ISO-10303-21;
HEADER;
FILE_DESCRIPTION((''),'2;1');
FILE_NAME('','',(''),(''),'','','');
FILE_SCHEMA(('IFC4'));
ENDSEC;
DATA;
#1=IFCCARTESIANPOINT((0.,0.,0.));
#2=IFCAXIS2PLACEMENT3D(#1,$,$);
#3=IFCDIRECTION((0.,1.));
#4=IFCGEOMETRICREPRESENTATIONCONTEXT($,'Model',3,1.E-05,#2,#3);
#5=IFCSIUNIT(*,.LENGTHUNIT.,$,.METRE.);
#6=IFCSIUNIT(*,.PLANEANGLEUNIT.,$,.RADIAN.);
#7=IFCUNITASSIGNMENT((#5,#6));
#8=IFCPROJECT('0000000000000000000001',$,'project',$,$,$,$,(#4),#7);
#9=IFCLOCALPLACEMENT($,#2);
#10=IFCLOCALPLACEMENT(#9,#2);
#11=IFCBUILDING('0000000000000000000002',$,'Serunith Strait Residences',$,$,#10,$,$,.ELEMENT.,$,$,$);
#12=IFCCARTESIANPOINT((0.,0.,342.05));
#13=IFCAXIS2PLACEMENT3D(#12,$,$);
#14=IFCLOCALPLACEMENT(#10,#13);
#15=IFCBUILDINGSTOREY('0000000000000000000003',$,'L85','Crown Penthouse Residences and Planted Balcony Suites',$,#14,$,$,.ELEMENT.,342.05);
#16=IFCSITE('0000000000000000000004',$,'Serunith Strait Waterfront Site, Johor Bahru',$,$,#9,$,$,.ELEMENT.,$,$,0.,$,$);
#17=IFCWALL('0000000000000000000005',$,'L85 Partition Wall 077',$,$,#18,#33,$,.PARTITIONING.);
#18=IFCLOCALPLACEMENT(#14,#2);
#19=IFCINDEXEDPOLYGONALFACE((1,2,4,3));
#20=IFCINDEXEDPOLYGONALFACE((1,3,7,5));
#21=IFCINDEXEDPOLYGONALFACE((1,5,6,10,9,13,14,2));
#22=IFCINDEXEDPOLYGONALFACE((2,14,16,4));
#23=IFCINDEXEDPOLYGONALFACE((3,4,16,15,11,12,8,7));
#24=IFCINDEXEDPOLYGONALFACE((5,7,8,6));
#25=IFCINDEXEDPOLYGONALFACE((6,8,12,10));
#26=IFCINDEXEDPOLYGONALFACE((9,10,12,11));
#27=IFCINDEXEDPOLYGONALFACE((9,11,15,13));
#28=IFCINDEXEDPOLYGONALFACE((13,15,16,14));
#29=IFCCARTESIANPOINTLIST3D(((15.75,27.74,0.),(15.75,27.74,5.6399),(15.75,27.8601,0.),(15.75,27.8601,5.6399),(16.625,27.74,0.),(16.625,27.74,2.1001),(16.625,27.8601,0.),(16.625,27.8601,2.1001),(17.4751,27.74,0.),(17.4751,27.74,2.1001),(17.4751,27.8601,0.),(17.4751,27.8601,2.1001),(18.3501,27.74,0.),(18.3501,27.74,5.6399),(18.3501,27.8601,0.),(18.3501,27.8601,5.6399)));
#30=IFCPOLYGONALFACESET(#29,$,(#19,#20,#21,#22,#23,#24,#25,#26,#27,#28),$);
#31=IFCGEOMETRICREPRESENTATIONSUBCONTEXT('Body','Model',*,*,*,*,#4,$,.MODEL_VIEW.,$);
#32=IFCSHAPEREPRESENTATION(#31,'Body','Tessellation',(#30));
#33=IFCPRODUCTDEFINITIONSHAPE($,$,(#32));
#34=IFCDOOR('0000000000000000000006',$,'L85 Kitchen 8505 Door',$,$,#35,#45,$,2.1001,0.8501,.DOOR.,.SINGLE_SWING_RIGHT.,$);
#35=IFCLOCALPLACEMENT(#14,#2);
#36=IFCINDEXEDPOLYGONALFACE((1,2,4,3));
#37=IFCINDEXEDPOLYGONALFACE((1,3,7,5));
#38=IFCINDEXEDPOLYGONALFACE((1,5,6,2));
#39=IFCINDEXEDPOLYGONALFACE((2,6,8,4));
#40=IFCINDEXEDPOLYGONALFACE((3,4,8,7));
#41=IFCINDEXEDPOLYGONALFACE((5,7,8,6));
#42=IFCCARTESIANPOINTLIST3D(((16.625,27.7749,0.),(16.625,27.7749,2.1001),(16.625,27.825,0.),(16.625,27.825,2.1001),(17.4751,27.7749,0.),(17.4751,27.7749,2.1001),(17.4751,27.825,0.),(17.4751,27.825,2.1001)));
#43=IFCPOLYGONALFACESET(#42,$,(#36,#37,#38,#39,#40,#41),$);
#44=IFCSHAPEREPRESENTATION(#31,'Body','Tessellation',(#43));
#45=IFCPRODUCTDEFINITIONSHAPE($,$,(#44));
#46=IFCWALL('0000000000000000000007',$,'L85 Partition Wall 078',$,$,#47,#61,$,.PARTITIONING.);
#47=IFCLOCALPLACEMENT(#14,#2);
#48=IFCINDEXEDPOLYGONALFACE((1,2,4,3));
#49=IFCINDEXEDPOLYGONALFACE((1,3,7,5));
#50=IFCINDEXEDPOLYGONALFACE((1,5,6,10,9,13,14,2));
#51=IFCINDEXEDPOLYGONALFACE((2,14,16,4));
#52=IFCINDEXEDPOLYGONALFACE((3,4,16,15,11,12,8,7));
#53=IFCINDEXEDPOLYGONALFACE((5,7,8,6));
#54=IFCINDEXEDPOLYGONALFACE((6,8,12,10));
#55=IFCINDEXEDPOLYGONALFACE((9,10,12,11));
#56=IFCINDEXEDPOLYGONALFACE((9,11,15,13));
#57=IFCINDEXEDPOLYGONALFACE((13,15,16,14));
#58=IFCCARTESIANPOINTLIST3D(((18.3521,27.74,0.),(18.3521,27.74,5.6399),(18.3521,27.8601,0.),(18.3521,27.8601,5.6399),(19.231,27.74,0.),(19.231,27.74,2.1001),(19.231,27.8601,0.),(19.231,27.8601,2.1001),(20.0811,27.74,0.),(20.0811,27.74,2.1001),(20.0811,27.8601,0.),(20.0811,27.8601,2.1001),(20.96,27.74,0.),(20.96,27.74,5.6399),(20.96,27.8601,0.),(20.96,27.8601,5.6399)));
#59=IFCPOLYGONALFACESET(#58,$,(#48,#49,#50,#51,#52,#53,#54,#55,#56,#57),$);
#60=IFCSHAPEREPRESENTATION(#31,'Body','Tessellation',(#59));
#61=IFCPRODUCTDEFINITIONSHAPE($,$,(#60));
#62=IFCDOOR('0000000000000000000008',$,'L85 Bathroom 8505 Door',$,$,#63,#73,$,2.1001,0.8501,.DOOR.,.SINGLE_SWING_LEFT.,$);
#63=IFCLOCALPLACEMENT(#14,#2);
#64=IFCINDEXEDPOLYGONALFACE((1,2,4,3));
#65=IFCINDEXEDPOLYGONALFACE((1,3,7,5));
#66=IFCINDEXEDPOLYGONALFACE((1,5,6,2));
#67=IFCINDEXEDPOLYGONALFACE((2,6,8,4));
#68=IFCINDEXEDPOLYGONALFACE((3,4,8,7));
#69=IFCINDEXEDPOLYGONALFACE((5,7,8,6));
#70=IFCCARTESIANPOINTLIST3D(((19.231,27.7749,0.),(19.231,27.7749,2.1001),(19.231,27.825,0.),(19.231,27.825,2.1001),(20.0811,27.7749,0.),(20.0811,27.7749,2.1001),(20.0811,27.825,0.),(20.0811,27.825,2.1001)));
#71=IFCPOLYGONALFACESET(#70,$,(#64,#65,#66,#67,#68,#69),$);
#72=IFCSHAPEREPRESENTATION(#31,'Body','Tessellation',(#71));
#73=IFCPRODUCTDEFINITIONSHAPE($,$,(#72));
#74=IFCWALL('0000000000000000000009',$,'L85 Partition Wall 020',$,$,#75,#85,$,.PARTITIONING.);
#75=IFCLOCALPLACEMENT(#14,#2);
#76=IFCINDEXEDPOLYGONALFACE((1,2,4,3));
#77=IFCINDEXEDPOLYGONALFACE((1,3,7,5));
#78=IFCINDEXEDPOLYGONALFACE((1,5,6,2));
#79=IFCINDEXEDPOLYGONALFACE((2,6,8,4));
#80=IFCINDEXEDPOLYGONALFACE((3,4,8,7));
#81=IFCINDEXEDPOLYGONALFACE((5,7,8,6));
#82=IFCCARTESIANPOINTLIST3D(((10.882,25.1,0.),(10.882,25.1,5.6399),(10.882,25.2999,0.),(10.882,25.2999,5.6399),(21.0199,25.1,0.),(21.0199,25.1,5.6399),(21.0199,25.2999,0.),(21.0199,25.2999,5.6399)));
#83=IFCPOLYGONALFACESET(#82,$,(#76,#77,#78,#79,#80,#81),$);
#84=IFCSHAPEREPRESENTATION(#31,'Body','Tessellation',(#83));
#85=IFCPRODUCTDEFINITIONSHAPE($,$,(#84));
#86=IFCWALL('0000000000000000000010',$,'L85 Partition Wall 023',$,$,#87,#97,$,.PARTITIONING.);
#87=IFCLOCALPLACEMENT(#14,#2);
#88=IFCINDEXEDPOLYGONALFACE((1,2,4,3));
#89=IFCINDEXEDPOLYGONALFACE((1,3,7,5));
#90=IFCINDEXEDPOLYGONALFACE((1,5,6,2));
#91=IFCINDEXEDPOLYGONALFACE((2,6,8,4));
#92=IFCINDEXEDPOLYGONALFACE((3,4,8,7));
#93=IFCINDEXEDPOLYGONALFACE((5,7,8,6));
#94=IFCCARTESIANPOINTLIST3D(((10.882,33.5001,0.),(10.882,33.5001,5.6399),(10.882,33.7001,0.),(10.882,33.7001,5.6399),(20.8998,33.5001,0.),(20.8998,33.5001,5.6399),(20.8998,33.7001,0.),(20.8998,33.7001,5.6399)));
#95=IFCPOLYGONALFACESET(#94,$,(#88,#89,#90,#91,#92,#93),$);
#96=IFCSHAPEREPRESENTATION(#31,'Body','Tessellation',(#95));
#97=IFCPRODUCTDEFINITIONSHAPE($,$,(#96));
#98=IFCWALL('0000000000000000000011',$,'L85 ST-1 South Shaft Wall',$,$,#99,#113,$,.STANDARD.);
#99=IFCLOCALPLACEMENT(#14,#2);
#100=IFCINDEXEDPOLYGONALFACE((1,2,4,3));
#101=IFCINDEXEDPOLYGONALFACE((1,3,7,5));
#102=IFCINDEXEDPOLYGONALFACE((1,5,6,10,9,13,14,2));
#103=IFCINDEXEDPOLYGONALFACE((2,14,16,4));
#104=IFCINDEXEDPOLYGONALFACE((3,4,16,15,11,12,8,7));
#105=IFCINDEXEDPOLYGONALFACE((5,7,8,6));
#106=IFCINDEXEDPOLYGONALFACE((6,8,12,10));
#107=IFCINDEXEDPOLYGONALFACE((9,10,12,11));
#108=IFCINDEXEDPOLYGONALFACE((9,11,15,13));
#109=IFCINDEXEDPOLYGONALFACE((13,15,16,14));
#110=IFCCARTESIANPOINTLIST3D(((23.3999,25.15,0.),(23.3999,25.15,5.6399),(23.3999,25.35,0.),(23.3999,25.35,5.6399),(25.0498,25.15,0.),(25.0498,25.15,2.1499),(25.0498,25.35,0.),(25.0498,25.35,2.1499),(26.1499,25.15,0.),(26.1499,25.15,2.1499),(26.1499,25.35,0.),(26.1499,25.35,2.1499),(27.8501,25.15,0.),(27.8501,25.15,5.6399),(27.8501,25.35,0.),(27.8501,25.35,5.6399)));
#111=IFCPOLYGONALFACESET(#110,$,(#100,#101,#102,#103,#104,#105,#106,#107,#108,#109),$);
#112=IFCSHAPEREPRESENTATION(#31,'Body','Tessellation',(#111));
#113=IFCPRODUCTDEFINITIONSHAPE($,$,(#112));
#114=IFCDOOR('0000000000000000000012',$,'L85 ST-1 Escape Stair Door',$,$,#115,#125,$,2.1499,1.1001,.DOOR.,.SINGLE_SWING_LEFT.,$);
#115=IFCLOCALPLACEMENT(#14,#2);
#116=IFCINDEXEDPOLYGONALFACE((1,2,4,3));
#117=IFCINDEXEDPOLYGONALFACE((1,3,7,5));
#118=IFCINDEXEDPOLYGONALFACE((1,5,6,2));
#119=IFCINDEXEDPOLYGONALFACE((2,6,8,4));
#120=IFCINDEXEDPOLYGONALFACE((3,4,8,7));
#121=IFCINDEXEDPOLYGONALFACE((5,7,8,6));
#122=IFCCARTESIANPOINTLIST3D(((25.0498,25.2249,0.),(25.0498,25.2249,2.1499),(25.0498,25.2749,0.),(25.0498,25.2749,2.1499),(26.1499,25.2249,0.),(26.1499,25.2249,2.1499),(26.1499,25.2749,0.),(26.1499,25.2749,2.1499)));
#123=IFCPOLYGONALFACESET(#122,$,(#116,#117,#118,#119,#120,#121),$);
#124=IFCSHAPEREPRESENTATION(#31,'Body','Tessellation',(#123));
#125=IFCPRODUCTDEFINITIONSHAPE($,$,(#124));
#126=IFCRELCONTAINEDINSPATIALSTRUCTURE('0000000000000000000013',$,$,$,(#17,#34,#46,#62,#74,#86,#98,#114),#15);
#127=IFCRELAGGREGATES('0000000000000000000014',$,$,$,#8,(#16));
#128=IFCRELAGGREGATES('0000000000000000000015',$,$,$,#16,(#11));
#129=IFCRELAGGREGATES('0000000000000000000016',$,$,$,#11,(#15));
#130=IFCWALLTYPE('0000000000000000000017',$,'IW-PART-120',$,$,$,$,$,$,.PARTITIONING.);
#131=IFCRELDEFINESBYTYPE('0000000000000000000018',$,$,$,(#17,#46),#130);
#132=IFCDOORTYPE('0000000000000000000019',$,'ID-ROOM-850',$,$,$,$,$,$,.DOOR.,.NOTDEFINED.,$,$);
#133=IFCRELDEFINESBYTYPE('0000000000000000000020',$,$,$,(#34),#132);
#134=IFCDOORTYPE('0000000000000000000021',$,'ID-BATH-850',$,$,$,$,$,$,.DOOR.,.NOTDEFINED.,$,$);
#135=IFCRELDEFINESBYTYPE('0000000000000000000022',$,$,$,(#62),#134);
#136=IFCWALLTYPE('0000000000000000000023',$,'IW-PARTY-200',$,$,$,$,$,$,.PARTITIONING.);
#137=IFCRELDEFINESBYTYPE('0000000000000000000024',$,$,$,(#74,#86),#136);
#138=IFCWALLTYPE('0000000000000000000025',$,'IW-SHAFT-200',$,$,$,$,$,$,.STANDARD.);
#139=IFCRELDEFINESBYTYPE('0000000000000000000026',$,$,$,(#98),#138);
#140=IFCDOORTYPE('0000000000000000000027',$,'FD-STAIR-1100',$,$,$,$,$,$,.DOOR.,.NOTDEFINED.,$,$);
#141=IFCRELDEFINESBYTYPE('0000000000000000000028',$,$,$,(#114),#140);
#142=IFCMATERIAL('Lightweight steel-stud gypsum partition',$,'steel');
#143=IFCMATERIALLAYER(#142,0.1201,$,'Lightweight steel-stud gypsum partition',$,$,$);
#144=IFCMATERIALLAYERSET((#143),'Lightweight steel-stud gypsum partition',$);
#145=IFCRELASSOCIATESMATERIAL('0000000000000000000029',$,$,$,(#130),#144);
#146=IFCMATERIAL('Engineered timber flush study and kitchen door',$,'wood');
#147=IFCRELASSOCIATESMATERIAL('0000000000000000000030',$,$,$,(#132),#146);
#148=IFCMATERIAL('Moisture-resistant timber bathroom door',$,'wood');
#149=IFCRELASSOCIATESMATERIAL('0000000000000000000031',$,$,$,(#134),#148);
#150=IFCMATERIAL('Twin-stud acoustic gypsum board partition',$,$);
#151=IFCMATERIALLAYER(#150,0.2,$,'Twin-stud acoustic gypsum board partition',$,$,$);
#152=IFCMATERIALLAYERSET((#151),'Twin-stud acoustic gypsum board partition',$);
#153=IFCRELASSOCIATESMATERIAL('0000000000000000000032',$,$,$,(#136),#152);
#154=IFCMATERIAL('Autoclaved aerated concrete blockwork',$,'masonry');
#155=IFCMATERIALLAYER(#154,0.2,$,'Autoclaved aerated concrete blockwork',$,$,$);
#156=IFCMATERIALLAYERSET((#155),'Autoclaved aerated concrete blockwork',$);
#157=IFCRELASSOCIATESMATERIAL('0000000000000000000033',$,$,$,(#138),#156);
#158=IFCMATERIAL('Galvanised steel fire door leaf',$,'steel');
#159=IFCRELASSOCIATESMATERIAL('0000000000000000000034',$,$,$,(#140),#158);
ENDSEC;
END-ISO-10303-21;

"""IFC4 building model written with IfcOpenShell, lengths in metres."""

from ifc_helpers import new_model, si_unit, direction, frame, frame_2d, origin, place, context, subcontext, project, spatial, rectangle, extrude, source, transform, mapped, material, layer, layer_set, type_object, element, fill, save


model = new_model("IFC4")

# Units and contexts
model_context = context("Model", 3, precision=1e-05, world=origin(), true_north=direction((0.0, 1.0)))
body_context = subcontext(model_context, "Body", "Model", "MODEL_VIEW")
ifc_project = project(units=[si_unit("LENGTHUNIT", "METRE"), si_unit("PLANEANGLEUNIT", "RADIAN")], contexts=[model_context])

# Site, building, storey
site_placement = place(None, origin())
site = spatial("IfcSite", under=ifc_project, at=site_placement, Name="Serunith Strait Waterfront Site, Johor Bahru", CompositionType="ELEMENT", RefElevation=0.0)
building_placement = place(site_placement, origin())
building = spatial("IfcBuilding", under=site, at=building_placement, Name="Serunith Strait Residences", CompositionType="ELEMENT")
storey_placement = place(building_placement, frame((0.0, 0.0, 342.05)))
storey = spatial("IfcBuildingStorey", under=building, at=storey_placement, Name="L85", Description="Crown Penthouse Residences and Planted Balcony Suites", CompositionType="ELEMENT", Elevation=342.05)

# Walls, openings, doors
ifc_material_1 = material(Name="Lightweight steel-stud gypsum partition", Category="steel")
ifc_layer_1 = layer(ifc_material_1, 0.1201, Name="Lightweight steel-stud gypsum partition")
ifc_layer_set_1 = layer_set([ifc_layer_1], Name="Lightweight steel-stud gypsum partition")
wall_type_1 = type_object("IfcWallType", Name="IW-PART-120", PredefinedType="PARTITIONING", material=ifc_layer_set_1)
wall_1_placement = place(storey_placement, frame((15.75, 27.8, 0.0), z_axis=(0.0, 0.0, 1.0), x_axis=(1.0, 0.0, 0.0)))
wall_1 = element("IfcWall", 1, at=wall_1_placement, inside=storey, type_object=wall_type_1, Name="L85 Partition Wall 077", PredefinedType="PARTITIONING", context=body_context, shape_type="SweptSolid", body=[
    extrude(rectangle(XDim=2.6001, YDim=0.1201, at=frame_2d((1.3, 0.0))), origin(), (0.0, 0.0, 1.0), 5.6399),
])
opening_1_placement = place(wall_1_placement, frame((0.875, 0.0, 0.0)))
opening_1 = element("IfcOpeningElement", 2, at=opening_1_placement, cuts=wall_1, PredefinedType="OPENING", context=body_context, shape_type="SweptSolid", body=[
    extrude(rectangle(XDim=0.8501, YDim=2.1001, at=frame_2d((0.425, 1.05))), frame((0.0, 0.0701, 0.0), z_axis=(0.0, -1.0, 0.0), x_axis=(1.0, 0.0, 0.0)), (0.0, 0.0, 1.0), 0.1401),
])
ifc_material_2 = material(Name="Engineered timber flush study and kitchen door", Category="wood")
door_type_1 = type_object("IfcDoorType", Name="ID-ROOM-850", OperationType="NOTDEFINED", PredefinedType="DOOR", material=ifc_material_2)
shared_shape_1 = source(origin(), body_context, "Body", "SweptSolid", [
    extrude(rectangle(XDim=0.8501, YDim=2.1001, at=frame_2d((0.425, 1.05))), frame((0.0, 0.0249, 0.0), z_axis=(0.0, -1.0, 0.0), x_axis=(1.0, 0.0, 0.0)), (0.0, 0.0, 1.0), 0.05),
])
door_1_placement = place(opening_1_placement, origin())
door_1 = element("IfcDoor", 3, at=door_1_placement, inside=storey, type_object=door_type_1, Name="L85 Kitchen 8505 Door", OperationType="SINGLE_SWING_RIGHT", OverallHeight=2.1001, OverallWidth=0.8501, PredefinedType="DOOR", context=body_context, shape_type="MappedRepresentation", body=[
    mapped(shared_shape_1, transform((0.0, 0.0, 0.0), scale=1.0)),
])
fill(opening_1, door_1)
wall_2_placement = place(storey_placement, frame((18.3521, 27.8, 0.0), z_axis=(0.0, 0.0, 1.0), x_axis=(1.0, 0.0, 0.0)))
wall_2 = element("IfcWall", 4, at=wall_2_placement, inside=storey, type_object=wall_type_1, Name="L85 Partition Wall 078", PredefinedType="PARTITIONING", context=body_context, shape_type="SweptSolid", body=[
    extrude(rectangle(XDim=2.6079, YDim=0.1201, at=frame_2d((1.304, 0.0))), origin(), (0.0, 0.0, 1.0), 5.6399),
])
opening_2_placement = place(wall_2_placement, frame((0.8789, 0.0, 0.0)))
opening_2 = element("IfcOpeningElement", 5, at=opening_2_placement, cuts=wall_2, PredefinedType="OPENING", context=body_context, shape_type="SweptSolid", body=[
    extrude(rectangle(XDim=0.8501, YDim=2.1001, at=frame_2d((0.425, 1.05))), frame((0.0, 0.0701, 0.0), z_axis=(0.0, -1.0, 0.0), x_axis=(1.0, 0.0, 0.0)), (0.0, 0.0, 1.0), 0.1401),
])
ifc_material_3 = material(Name="Moisture-resistant timber bathroom door", Category="wood")
door_type_2 = type_object("IfcDoorType", Name="ID-BATH-850", OperationType="NOTDEFINED", PredefinedType="DOOR", material=ifc_material_3)
door_2_placement = place(opening_2_placement, origin())
door_2 = element("IfcDoor", 6, at=door_2_placement, inside=storey, type_object=door_type_2, Name="L85 Bathroom 8505 Door", OperationType="SINGLE_SWING_LEFT", OverallHeight=2.1001, OverallWidth=0.8501, PredefinedType="DOOR", context=body_context, shape_type="MappedRepresentation", body=[
    mapped(shared_shape_1, transform((0.0, 0.0, 0.0), scale=1.0)),
])
fill(opening_2, door_2)

# Walls
ifc_material_4 = material(Name="Twin-stud acoustic gypsum board partition")
ifc_layer_2 = layer(ifc_material_4, 0.2, Name="Twin-stud acoustic gypsum board partition")
ifc_layer_set_2 = layer_set([ifc_layer_2], Name="Twin-stud acoustic gypsum board partition")
wall_type_2 = type_object("IfcWallType", Name="IW-PARTY-200", PredefinedType="PARTITIONING", material=ifc_layer_set_2)
wall_3_placement = place(storey_placement, frame((10.8821, 25.2, 0.0), z_axis=(0.0, 0.0, 1.0), x_axis=(1.0, 0.0, 0.0)))
element("IfcWall", 7, at=wall_3_placement, inside=storey, type_object=wall_type_2, Name="L85 Partition Wall 020", PredefinedType="PARTITIONING", context=body_context, shape_type="SweptSolid", body=[
    extrude(rectangle(XDim=10.1379, YDim=0.2, at=frame_2d((5.0688, 0.0))), origin(), (0.0, 0.0, 1.0), 5.6399),
])
wall_4_placement = place(storey_placement, frame((10.8821, 33.6001, 0.0), z_axis=(0.0, 0.0, 1.0), x_axis=(1.0, 0.0, 0.0)))
element("IfcWall", 8, at=wall_4_placement, inside=storey, type_object=wall_type_2, Name="L85 Partition Wall 023", PredefinedType="PARTITIONING", context=body_context, shape_type="SweptSolid", body=[
    extrude(rectangle(XDim=10.0178, YDim=0.2, at=frame_2d((5.0088, 0.0))), origin(), (0.0, 0.0, 1.0), 5.6399),
])

# Wall, opening, door
ifc_material_5 = material(Name="Autoclaved aerated concrete blockwork", Category="masonry")
ifc_layer_3 = layer(ifc_material_5, 0.2, Name="Autoclaved aerated concrete blockwork")
ifc_layer_set_3 = layer_set([ifc_layer_3], Name="Autoclaved aerated concrete blockwork")
wall_type_3 = type_object("IfcWallType", Name="IW-SHAFT-200", PredefinedType="STANDARD", material=ifc_layer_set_3)
wall_5_placement = place(storey_placement, frame((23.3999, 25.25, 0.0), z_axis=(0.0, 0.0, 1.0), x_axis=(1.0, 0.0, 0.0)))
wall_5 = element("IfcWall", 9, at=wall_5_placement, inside=storey, type_object=wall_type_3, Name="L85 ST-1 South Shaft Wall", PredefinedType="STANDARD", context=body_context, shape_type="SweptSolid", body=[
    extrude(rectangle(XDim=4.4502, YDim=0.2, at=frame_2d((2.2251, 0.0))), origin(), (0.0, 0.0, 1.0), 5.6399),
])
opening_3_placement = place(wall_5_placement, frame((1.6499, 0.0, 0.0)))
opening_3 = element("IfcOpeningElement", 10, at=opening_3_placement, cuts=wall_5, PredefinedType="OPENING", context=body_context, shape_type="SweptSolid", body=[
    extrude(rectangle(XDim=1.1001, YDim=2.1499, at=frame_2d((0.55, 1.075))), frame((0.0, 0.1099, 0.0), z_axis=(0.0, -1.0, 0.0), x_axis=(1.0, 0.0, 0.0)), (0.0, 0.0, 1.0), 0.22),
])
ifc_material_6 = material(Name="Galvanised steel fire door leaf", Category="steel")
door_type_3 = type_object("IfcDoorType", Name="FD-STAIR-1100", OperationType="NOTDEFINED", PredefinedType="DOOR", material=ifc_material_6)
shared_shape_2 = source(origin(), body_context, "Body", "SweptSolid", [
    extrude(rectangle(XDim=1.1001, YDim=2.1499, at=frame_2d((0.55, 1.075))), frame((0.0, 0.0249, 0.0), z_axis=(0.0, -1.0, 0.0), x_axis=(1.0, 0.0, 0.0)), (0.0, 0.0, 1.0), 0.05),
])
door_3_placement = place(opening_3_placement, origin())
door_3 = element("IfcDoor", 11, at=door_3_placement, inside=storey, type_object=door_type_3, Name="L85 ST-1 Escape Stair Door", OperationType="SINGLE_SWING_LEFT", OverallHeight=2.1499, OverallWidth=1.1001, PredefinedType="DOOR", context=body_context, shape_type="MappedRepresentation", body=[
    mapped(shared_shape_2, transform((0.0, 0.0, 0.0), scale=1.0)),
])
fill(opening_3, door_3)

save(model, "model.ifc")
